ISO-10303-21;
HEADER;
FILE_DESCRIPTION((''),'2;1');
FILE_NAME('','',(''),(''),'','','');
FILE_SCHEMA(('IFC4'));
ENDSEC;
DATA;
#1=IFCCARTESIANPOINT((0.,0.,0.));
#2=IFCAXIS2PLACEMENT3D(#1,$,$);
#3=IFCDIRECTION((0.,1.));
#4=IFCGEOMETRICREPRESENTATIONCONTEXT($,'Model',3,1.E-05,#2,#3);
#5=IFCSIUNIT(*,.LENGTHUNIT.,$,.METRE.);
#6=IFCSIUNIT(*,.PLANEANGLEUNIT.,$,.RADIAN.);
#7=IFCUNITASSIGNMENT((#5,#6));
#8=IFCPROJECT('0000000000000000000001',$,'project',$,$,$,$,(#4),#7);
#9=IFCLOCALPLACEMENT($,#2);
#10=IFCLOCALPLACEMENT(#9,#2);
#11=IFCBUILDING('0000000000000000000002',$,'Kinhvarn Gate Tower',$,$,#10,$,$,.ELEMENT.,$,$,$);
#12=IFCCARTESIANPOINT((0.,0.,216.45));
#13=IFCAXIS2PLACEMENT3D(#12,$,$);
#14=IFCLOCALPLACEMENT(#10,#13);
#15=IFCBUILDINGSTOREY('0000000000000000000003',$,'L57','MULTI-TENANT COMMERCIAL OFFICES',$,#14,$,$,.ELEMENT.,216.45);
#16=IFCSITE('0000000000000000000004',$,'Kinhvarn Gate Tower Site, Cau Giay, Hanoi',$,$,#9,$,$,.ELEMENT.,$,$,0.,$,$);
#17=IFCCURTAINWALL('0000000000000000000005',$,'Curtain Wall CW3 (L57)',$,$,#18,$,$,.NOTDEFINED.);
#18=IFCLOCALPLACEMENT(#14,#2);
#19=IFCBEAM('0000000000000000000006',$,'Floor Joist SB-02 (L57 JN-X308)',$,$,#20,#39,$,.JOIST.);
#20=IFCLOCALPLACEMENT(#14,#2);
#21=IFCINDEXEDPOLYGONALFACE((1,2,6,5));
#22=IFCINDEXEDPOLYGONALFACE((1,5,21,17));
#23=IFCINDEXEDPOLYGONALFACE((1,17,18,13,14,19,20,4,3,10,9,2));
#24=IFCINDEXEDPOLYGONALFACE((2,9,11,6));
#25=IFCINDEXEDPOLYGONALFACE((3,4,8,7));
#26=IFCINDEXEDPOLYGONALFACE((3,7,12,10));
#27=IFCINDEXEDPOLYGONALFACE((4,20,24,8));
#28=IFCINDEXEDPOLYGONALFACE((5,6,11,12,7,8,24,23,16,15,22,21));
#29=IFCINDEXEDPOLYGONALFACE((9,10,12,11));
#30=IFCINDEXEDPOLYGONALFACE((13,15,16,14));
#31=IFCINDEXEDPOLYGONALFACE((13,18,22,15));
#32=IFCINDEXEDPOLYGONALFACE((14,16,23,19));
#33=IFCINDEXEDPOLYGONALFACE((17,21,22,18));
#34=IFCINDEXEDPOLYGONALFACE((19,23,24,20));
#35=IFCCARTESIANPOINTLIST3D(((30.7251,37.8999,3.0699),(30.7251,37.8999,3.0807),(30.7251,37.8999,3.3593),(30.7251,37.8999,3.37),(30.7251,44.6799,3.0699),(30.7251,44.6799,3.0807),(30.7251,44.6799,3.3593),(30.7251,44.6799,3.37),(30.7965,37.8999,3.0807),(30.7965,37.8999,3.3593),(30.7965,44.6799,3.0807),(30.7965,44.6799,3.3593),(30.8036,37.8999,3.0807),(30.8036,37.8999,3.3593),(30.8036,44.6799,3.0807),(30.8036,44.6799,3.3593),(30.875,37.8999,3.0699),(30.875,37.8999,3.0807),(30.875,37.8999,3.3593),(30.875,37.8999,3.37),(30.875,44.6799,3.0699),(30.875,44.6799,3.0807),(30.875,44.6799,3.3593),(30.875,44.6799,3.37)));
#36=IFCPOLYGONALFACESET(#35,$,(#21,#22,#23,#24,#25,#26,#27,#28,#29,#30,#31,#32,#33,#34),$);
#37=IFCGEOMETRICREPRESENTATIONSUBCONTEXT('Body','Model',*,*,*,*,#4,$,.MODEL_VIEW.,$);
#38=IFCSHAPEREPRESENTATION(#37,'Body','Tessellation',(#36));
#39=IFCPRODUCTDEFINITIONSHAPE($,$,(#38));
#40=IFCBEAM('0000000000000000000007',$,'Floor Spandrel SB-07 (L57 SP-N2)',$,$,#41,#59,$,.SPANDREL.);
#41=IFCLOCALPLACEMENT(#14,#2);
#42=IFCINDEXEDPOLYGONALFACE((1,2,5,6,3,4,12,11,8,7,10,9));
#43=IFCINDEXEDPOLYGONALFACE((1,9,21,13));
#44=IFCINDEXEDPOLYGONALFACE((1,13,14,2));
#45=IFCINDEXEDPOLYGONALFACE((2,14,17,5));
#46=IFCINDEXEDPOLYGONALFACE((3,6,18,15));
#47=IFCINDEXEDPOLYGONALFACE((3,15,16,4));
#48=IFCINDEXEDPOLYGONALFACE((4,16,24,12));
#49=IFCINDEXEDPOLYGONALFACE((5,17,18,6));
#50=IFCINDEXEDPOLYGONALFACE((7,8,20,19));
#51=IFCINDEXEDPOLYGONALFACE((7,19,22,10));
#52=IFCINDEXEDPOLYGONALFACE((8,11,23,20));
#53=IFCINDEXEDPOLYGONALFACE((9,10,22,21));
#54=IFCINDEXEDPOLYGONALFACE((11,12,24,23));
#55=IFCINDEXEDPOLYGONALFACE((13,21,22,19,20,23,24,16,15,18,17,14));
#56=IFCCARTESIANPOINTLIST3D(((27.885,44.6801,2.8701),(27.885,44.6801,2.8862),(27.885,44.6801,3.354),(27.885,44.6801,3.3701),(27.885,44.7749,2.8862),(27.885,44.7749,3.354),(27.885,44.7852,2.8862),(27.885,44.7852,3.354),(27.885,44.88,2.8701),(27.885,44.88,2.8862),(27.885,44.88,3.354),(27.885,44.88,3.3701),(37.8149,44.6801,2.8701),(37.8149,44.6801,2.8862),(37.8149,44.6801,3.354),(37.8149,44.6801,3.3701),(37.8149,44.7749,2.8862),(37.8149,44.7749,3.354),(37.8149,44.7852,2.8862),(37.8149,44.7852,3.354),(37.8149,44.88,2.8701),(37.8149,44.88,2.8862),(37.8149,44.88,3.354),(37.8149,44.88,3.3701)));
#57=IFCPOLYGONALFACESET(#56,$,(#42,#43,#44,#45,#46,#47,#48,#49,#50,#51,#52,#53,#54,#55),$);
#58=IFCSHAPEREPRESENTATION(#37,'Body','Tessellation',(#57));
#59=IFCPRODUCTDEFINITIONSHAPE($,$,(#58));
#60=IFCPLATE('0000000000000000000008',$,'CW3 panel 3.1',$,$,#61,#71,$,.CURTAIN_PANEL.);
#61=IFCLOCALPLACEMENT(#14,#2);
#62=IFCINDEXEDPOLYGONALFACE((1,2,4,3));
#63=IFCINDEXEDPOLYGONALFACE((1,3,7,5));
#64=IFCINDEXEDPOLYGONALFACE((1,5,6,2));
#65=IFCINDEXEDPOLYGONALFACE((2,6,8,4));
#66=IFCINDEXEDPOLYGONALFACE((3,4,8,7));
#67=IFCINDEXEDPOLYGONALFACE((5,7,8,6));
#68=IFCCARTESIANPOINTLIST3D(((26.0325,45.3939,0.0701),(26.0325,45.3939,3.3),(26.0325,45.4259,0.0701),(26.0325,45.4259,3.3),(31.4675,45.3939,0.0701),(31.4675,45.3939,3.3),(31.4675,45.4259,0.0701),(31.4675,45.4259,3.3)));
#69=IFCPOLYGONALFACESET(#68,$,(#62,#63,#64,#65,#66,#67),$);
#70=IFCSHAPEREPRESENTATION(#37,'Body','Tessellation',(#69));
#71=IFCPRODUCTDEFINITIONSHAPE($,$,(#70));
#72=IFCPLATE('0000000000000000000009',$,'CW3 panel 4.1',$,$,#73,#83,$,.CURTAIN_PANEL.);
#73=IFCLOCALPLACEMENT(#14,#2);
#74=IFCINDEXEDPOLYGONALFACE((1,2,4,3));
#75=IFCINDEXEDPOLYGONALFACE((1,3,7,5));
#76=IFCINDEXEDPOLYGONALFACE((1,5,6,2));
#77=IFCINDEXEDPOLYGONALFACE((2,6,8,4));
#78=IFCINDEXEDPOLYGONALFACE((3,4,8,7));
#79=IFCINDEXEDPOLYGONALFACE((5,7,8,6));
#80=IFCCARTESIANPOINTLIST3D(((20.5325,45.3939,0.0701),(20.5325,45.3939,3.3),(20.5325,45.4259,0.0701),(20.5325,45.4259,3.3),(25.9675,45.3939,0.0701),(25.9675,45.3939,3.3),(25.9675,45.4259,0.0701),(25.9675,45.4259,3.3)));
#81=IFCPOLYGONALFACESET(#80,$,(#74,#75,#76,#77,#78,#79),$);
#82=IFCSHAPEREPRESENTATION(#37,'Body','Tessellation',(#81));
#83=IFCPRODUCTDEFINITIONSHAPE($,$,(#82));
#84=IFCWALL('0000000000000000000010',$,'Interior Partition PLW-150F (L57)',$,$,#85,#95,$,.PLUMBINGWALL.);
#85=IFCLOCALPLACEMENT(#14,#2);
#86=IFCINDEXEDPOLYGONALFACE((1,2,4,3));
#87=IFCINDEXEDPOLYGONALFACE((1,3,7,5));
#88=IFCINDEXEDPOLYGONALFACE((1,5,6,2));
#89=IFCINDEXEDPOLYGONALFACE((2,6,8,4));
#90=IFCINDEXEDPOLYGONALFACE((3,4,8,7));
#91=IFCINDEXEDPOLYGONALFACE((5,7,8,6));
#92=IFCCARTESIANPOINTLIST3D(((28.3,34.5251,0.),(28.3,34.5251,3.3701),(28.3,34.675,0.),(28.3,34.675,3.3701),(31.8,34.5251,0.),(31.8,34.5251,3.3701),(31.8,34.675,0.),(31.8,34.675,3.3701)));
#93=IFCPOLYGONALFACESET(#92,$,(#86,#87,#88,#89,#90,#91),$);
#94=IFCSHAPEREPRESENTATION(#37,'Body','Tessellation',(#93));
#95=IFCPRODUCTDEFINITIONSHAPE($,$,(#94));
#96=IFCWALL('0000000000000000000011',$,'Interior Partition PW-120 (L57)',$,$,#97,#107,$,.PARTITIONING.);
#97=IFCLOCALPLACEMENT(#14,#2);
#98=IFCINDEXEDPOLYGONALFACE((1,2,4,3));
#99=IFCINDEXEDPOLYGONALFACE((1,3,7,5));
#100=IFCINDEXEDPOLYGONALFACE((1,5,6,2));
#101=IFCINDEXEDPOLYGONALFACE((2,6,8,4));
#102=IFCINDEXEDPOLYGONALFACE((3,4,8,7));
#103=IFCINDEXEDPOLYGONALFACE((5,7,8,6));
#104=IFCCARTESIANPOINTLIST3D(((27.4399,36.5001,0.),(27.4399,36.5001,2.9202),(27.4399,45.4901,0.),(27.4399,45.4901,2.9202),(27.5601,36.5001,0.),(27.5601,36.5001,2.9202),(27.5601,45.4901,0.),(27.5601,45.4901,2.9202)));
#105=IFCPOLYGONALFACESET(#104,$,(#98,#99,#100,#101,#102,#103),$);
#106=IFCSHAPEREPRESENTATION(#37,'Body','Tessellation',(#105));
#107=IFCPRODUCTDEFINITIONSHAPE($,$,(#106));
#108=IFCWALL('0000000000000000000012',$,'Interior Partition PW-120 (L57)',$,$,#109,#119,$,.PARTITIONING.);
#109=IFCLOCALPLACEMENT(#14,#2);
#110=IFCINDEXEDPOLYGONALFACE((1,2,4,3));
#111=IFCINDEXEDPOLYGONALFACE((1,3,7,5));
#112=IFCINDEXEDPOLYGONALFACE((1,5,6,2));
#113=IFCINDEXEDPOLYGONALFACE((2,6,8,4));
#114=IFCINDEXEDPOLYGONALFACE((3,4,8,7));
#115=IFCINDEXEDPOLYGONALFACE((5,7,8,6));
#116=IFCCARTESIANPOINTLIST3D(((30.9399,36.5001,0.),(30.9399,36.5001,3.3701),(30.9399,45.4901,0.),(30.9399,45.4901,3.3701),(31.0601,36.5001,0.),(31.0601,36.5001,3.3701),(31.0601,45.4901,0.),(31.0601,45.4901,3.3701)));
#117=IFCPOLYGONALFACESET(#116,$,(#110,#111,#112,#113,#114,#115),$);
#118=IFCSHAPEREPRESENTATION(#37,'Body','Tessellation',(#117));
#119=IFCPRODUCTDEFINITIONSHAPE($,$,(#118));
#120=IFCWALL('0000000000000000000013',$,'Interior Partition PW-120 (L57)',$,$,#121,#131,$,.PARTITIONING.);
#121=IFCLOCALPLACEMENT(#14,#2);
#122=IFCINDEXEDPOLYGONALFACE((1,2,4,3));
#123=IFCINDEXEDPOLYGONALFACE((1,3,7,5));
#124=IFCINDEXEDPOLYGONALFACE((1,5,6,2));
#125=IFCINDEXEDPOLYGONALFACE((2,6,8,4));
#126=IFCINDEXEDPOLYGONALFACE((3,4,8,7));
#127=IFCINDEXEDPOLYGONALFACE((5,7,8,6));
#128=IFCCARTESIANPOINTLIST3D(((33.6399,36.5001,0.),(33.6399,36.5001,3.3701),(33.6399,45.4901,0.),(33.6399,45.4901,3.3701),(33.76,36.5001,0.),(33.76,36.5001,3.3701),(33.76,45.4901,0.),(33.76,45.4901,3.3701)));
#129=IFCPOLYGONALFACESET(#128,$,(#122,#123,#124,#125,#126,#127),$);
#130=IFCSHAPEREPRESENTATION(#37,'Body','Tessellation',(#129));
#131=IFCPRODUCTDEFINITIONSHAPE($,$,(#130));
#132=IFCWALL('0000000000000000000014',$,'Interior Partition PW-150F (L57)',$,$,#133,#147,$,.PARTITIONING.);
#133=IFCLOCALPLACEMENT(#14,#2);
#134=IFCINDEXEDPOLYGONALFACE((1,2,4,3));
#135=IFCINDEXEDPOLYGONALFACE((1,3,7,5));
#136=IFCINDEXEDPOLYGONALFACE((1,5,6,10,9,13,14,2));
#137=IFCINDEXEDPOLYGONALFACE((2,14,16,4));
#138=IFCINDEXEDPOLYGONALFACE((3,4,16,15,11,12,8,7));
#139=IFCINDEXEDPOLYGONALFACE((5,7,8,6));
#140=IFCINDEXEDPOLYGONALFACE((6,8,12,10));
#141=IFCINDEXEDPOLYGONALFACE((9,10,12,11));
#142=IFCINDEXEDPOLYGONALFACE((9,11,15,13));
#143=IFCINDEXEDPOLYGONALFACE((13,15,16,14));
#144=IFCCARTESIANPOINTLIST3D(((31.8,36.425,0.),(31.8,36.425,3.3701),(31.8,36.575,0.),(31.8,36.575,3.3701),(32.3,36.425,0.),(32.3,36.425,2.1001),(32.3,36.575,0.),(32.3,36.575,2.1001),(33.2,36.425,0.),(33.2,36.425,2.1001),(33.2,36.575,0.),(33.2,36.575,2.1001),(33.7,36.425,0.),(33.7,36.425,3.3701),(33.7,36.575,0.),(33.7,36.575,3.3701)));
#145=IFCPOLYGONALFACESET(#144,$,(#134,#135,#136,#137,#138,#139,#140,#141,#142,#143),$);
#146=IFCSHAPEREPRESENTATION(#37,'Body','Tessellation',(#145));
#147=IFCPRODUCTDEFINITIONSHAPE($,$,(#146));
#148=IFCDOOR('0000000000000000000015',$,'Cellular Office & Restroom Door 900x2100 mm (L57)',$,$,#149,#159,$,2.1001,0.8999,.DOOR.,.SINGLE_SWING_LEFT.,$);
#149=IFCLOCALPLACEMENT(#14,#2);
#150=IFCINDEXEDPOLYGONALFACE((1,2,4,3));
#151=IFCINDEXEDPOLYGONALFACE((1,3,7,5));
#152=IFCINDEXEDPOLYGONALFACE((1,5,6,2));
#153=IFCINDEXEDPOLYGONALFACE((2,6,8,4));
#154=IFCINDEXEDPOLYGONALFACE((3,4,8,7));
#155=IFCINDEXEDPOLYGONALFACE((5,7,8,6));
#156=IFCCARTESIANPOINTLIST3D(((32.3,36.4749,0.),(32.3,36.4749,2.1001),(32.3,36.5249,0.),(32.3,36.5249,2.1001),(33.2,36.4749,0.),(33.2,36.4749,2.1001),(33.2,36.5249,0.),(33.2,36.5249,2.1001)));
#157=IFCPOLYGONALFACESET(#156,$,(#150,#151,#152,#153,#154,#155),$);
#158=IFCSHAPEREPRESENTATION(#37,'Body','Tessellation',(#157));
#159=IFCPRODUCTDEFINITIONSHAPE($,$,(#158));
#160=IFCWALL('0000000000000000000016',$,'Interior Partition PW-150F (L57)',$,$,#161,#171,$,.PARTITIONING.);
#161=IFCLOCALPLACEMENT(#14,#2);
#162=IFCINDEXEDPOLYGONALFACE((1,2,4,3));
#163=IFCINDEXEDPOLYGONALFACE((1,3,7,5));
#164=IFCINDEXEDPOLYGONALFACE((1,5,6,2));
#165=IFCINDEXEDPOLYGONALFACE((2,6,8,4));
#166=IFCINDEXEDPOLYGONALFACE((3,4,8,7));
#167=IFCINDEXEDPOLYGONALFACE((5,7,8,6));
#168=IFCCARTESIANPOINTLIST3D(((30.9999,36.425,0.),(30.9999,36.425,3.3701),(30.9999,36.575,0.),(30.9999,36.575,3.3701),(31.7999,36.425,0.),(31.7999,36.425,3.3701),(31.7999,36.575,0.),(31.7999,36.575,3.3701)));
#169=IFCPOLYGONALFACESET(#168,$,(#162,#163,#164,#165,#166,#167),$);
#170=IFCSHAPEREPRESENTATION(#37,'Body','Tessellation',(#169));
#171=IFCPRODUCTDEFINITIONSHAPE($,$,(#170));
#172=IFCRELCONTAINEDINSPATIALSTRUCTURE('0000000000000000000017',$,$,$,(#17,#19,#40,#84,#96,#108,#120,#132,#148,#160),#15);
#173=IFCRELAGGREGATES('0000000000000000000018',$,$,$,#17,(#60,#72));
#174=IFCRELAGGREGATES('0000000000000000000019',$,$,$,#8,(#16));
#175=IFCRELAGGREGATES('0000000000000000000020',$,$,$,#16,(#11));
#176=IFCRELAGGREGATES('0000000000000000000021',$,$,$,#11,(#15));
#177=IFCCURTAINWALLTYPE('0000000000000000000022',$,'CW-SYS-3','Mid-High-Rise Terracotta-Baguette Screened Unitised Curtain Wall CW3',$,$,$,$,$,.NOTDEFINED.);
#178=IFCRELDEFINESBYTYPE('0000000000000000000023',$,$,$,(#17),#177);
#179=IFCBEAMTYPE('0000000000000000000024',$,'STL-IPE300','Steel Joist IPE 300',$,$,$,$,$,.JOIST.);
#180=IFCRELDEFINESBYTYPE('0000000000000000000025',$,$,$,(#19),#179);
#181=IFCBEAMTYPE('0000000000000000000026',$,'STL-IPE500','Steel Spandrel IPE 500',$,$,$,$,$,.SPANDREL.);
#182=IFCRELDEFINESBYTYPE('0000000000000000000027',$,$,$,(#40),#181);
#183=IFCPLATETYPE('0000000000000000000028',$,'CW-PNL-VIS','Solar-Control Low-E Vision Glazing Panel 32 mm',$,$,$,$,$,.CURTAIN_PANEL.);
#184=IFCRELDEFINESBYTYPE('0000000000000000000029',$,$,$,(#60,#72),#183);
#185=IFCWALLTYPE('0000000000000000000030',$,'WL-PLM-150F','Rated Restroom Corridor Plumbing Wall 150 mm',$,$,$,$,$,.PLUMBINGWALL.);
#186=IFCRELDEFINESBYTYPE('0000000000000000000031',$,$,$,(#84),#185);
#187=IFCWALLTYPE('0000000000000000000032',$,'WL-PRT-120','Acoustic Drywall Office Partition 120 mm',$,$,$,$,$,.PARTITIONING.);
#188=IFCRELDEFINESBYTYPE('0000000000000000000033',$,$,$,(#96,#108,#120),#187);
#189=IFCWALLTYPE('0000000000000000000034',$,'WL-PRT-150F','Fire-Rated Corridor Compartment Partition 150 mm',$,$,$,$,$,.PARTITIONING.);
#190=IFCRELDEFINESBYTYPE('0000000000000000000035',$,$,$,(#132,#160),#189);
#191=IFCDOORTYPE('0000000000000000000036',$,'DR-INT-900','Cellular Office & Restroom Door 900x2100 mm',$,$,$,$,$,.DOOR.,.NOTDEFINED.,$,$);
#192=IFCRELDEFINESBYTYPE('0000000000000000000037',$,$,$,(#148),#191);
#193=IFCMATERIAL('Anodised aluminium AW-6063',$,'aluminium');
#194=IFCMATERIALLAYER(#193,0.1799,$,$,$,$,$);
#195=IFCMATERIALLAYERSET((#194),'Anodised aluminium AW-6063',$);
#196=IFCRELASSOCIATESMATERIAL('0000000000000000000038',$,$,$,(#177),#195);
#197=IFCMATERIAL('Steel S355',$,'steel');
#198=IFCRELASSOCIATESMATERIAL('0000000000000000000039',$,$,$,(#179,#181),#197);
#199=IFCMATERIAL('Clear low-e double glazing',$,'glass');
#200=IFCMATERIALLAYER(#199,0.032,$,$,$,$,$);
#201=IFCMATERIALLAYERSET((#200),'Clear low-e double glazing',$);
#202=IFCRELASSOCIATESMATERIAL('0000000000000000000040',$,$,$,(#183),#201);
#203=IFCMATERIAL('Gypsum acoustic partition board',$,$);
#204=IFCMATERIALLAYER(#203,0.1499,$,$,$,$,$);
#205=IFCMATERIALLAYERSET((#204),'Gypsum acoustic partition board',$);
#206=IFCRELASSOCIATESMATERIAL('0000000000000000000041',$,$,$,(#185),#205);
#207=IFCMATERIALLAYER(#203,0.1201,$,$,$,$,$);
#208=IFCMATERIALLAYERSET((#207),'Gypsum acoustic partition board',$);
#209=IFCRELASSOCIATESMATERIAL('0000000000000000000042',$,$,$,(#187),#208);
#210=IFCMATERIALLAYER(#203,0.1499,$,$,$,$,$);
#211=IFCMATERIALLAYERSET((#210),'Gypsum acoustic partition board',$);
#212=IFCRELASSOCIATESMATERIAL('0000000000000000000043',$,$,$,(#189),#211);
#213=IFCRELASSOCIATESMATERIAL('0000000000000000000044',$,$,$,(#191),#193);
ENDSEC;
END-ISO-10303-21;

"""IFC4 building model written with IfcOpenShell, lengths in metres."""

from ifc_helpers import new_model, si_unit, direction, frame, frame_2d, origin, origin_2d, place, context, subcontext, project, spatial, rectangle, i_section, extrude, material, layer, layer_set, material_profile, profile_set, type_object, element, fill, aggregate, save


model = new_model("IFC4")

# Units and contexts
model_context = context("Model", 3, precision=1e-05, world=origin(), true_north=direction((0.0, 1.0)))
body_context = subcontext(model_context, "Body", "Model", "MODEL_VIEW")
ifc_project = project(units=[si_unit("LENGTHUNIT", "METRE"), si_unit("PLANEANGLEUNIT", "RADIAN")], contexts=[model_context])

# Site, building, storey
site_placement = place(None, origin())
site = spatial("IfcSite", under=ifc_project, at=site_placement, Name="Kinhvarn Gate Tower Site, Cau Giay, Hanoi", CompositionType="ELEMENT", RefElevation=0.0)
building_placement = place(site_placement, origin())
building = spatial("IfcBuilding", under=site, at=building_placement, Name="Kinhvarn Gate Tower", CompositionType="ELEMENT")
storey_placement = place(building_placement, frame((0.0, 0.0, 216.45)))
storey = spatial("IfcBuildingStorey", under=building, at=storey_placement, Name="L57", Description="MULTI-TENANT COMMERCIAL OFFICES", CompositionType="ELEMENT", Elevation=216.45)

# Curtain wall
ifc_material_1 = material(Name="Anodised aluminium AW-6063", Category="aluminium")
ifc_layer_1 = layer(ifc_material_1, 0.1799)
ifc_layer_set_1 = layer_set([ifc_layer_1], Name="Anodised aluminium AW-6063")
curtain_wall_type = type_object("IfcCurtainWallType", Name="CW-SYS-3", Description="Mid-High-Rise Terracotta-Baguette Screened Unitised Curtain Wall CW3", PredefinedType="NOTDEFINED", material=ifc_layer_set_1)
curtain_wall_placement = place(storey_placement, origin())
curtain_wall = element("IfcCurtainWall", 1, at=curtain_wall_placement, inside=storey, type_object=curtain_wall_type, Name="Curtain Wall CW3 (L57)", PredefinedType="NOTDEFINED")

# Beams
ifc_material_2 = material(Name="Steel S355", Category="steel")
ifc_material_profile_1 = material_profile(ifc_material_2, i_section(OverallWidth=0.1499, OverallDepth=0.3, WebThickness=0.0071, FlangeThickness=0.0107, at=origin_2d()), Name="IPE 300")
ifc_profile_set_1 = profile_set([ifc_material_profile_1], Name="Steel S355")
beam_type_1 = type_object("IfcBeamType", Name="STL-IPE300", Description="Steel Joist IPE 300", PredefinedType="JOIST", material=ifc_profile_set_1)
for number, where, z_axis, x_axis, name in (
    (2, (30.8, 37.8999, 3.22), (0.0, 1.0, 0.0), (-1.0, 0.0, 0.0), "Floor Joist SB-02 (L57 JN-X308)"),
):
    element("IfcBeam", number, at=place(storey_placement, frame(where, z_axis=z_axis, x_axis=x_axis)), inside=storey, type_object=beam_type_1, Name=name, PredefinedType="JOIST", context=body_context, shape_type="SweptSolid", body=[
        extrude(i_section(OverallWidth=0.1499, OverallDepth=0.3, WebThickness=0.0071, FlangeThickness=0.0107, at=origin_2d()), origin(), (0.0, 0.0, 1.0), 6.78),
    ])
ifc_material_profile_2 = material_profile(ifc_material_2, i_section(OverallWidth=0.2, OverallDepth=0.5, WebThickness=0.0103, FlangeThickness=0.0161, at=origin_2d()), Name="IPE 500")
ifc_profile_set_2 = profile_set([ifc_material_profile_2], Name="Steel S355")
beam_type_2 = type_object("IfcBeamType", Name="STL-IPE500", Description="Steel Spandrel IPE 500", PredefinedType="SPANDREL", material=ifc_profile_set_2)
beam_1_placement = place(storey_placement, frame((27.885, 44.78, 3.1201), z_axis=(1.0, 0.0, 0.0), x_axis=(0.0, 1.0, 0.0)))
element("IfcBeam", 3, at=beam_1_placement, inside=storey, type_object=beam_type_2, Name="Floor Spandrel SB-07 (L57 SP-N2)", PredefinedType="SPANDREL", context=body_context, shape_type="SweptSolid", body=[
    extrude(i_section(OverallWidth=0.2, OverallDepth=0.5, WebThickness=0.0103, FlangeThickness=0.0161, at=origin_2d()), origin(), (0.0, 0.0, 1.0), 9.9299),
])

# Plates
ifc_material_3 = material(Name="Clear low-e double glazing", Category="glass")
ifc_layer_2 = layer(ifc_material_3, 0.032)
ifc_layer_set_2 = layer_set([ifc_layer_2], Name="Clear low-e double glazing")
plate_type = type_object("IfcPlateType", Name="CW-PNL-VIS", Description="Solar-Control Low-E Vision Glazing Panel 32 mm", PredefinedType="CURTAIN_PANEL", material=ifc_layer_set_2)
plate_1_placement = place(storey_placement, frame((28.75, 45.4099, 0.0701), z_axis=(0.0, 0.0, 1.0), x_axis=(-1.0, 0.0, 0.0)))
plate_1 = element("IfcPlate", 4, at=plate_1_placement, type_object=plate_type, Name="CW3 panel 3.1", PredefinedType="CURTAIN_PANEL", context=body_context, shape_type="SweptSolid", body=[
    extrude(rectangle(XDim=5.4351, YDim=0.032, at=origin_2d()), origin(), (0.0, 0.0, 1.0), 3.23),
])
plate_2_placement = place(storey_placement, frame((23.25, 45.4099, 0.0701), z_axis=(0.0, 0.0, 1.0), x_axis=(-1.0, 0.0, 0.0)))
plate_2 = element("IfcPlate", 5, at=plate_2_placement, type_object=plate_type, Name="CW3 panel 4.1", PredefinedType="CURTAIN_PANEL", context=body_context, shape_type="SweptSolid", body=[
    extrude(rectangle(XDim=5.4351, YDim=0.032, at=origin_2d()), origin(), (0.0, 0.0, 1.0), 3.23),
])
aggregate(curtain_wall, [plate_1, plate_2])

# Walls
ifc_material_4 = material(Name="Gypsum acoustic partition board")
ifc_layer_3 = layer(ifc_material_4, 0.1499)
ifc_layer_set_3 = layer_set([ifc_layer_3], Name="Gypsum acoustic partition board")
wall_type_1 = type_object("IfcWallType", Name="WL-PLM-150F", Description="Rated Restroom Corridor Plumbing Wall 150 mm", PredefinedType="PLUMBINGWALL", material=ifc_layer_set_3)
wall_1_placement = place(storey_placement, frame((28.3, 34.6001, 0.0), z_axis=(0.0, 0.0, 1.0), x_axis=(1.0, 0.0, 0.0)))
element("IfcWall", 6, at=wall_1_placement, inside=storey, type_object=wall_type_1, Name="Interior Partition PLW-150F (L57)", PredefinedType="PLUMBINGWALL", context=body_context, shape_type="SweptSolid", body=[
    extrude(rectangle(XDim=3.5, YDim=0.1499, at=frame_2d((1.75, 0.0))), origin(), (0.0, 0.0, 1.0), 3.3701),
])
ifc_layer_4 = layer(ifc_material_4, 0.1201)
ifc_layer_set_4 = layer_set([ifc_layer_4], Name="Gypsum acoustic partition board")
wall_type_2 = type_object("IfcWallType", Name="WL-PRT-120", Description="Acoustic Drywall Office Partition 120 mm", PredefinedType="PARTITIONING", material=ifc_layer_set_4)
wall_2_placement = place(storey_placement, frame((27.5, 36.5, 0.0), z_axis=(0.0, 0.0, 1.0), x_axis=(0.0, 1.0, 0.0)))
element("IfcWall", 7, at=wall_2_placement, inside=storey, type_object=wall_type_2, Name="Interior Partition PW-120 (L57)", PredefinedType="PARTITIONING", context=body_context, shape_type="SweptSolid", body=[
    extrude(rectangle(XDim=8.99, YDim=0.1201, at=frame_2d((4.4951, 0.0))), origin(), (0.0, 0.0, 1.0), 2.9202),
])
for number, where, z_axis, x_axis, name in (
    (8, (31.0, 36.5, 0.0), (0.0, 0.0, 1.0), (0.0, 1.0, 0.0), "Interior Partition PW-120 (L57)"),
    (9, (33.7, 36.5, 0.0), (0.0, 0.0, 1.0), (0.0, 1.0, 0.0), "Interior Partition PW-120 (L57)"),
):
    element("IfcWall", number, at=place(storey_placement, frame(where, z_axis=z_axis, x_axis=x_axis)), inside=storey, type_object=wall_type_2, Name=name, PredefinedType="PARTITIONING", context=body_context, shape_type="SweptSolid", body=[
        extrude(rectangle(XDim=8.99, YDim=0.1201, at=frame_2d((4.4951, 0.0))), origin(), (0.0, 0.0, 1.0), 3.3701),
    ])

# Wall, opening, door
ifc_layer_5 = layer(ifc_material_4, 0.1499)
ifc_layer_set_5 = layer_set([ifc_layer_5], Name="Gypsum acoustic partition board")
wall_type_3 = type_object("IfcWallType", Name="WL-PRT-150F", Description="Fire-Rated Corridor Compartment Partition 150 mm", PredefinedType="PARTITIONING", material=ifc_layer_set_5)
wall_3_placement = place(storey_placement, frame((31.8, 36.5, 0.0), z_axis=(0.0, 0.0, 1.0), x_axis=(1.0, 0.0, 0.0)))
wall_3 = element("IfcWall", 10, at=wall_3_placement, inside=storey, type_object=wall_type_3, Name="Interior Partition PW-150F (L57)", PredefinedType="PARTITIONING", context=body_context, shape_type="SweptSolid", body=[
    extrude(rectangle(XDim=1.8999, YDim=0.1499, at=frame_2d((0.95, 0.0))), origin(), (0.0, 0.0, 1.0), 3.3701),
])
opening_1_placement = place(wall_3_placement, frame((0.5, 0.0, 0.0)))
opening_1 = element("IfcOpeningElement", 11, at=opening_1_placement, cuts=wall_3, PredefinedType="OPENING", context=body_context, shape_type="SweptSolid", body=[
    extrude(rectangle(XDim=0.8999, YDim=2.1001, at=frame_2d((0.45, 1.05))), frame((0.0, 0.085, 0.0), z_axis=(0.0, -1.0, 0.0), x_axis=(1.0, 0.0, 0.0)), (0.0, 0.0, 1.0), 0.1699),
])
door_type_1 = type_object("IfcDoorType", Name="DR-INT-900", Description="Cellular Office & Restroom Door 900x2100 mm", OperationType="NOTDEFINED", PredefinedType="DOOR", material=ifc_material_1)
door_1_placement = place(opening_1_placement, origin())
door_1 = element("IfcDoor", 12, at=door_1_placement, inside=storey, type_object=door_type_1, Name="Cellular Office & Restroom Door 900x2100 mm (L57)", OperationType="SINGLE_SWING_LEFT", OverallHeight=2.1001, OverallWidth=0.8999, PredefinedType="DOOR", context=body_context, shape_type="SweptSolid", body=[
    extrude(rectangle(XDim=0.8999, YDim=2.1001, at=frame_2d((0.45, 1.05))), frame((0.0, 0.0249, 0.0), z_axis=(0.0, -1.0, 0.0), x_axis=(1.0, 0.0, 0.0)), (0.0, 0.0, 1.0), 0.05),
])
fill(opening_1, door_1)

# Wall
wall_4_placement = place(storey_placement, frame((31.0, 36.5, 0.0), z_axis=(0.0, 0.0, 1.0), x_axis=(1.0, 0.0, 0.0)))
element("IfcWall", 13, at=wall_4_placement, inside=storey, type_object=wall_type_3, Name="Interior Partition PW-150F (L57)", PredefinedType="PARTITIONING", context=body_context, shape_type="SweptSolid", body=[
    extrude(rectangle(XDim=0.8, YDim=0.1499, at=frame_2d((0.3999, 0.0))), origin(), (0.0, 0.0, 1.0), 3.3701),
])

save(model, "model.ifc")
